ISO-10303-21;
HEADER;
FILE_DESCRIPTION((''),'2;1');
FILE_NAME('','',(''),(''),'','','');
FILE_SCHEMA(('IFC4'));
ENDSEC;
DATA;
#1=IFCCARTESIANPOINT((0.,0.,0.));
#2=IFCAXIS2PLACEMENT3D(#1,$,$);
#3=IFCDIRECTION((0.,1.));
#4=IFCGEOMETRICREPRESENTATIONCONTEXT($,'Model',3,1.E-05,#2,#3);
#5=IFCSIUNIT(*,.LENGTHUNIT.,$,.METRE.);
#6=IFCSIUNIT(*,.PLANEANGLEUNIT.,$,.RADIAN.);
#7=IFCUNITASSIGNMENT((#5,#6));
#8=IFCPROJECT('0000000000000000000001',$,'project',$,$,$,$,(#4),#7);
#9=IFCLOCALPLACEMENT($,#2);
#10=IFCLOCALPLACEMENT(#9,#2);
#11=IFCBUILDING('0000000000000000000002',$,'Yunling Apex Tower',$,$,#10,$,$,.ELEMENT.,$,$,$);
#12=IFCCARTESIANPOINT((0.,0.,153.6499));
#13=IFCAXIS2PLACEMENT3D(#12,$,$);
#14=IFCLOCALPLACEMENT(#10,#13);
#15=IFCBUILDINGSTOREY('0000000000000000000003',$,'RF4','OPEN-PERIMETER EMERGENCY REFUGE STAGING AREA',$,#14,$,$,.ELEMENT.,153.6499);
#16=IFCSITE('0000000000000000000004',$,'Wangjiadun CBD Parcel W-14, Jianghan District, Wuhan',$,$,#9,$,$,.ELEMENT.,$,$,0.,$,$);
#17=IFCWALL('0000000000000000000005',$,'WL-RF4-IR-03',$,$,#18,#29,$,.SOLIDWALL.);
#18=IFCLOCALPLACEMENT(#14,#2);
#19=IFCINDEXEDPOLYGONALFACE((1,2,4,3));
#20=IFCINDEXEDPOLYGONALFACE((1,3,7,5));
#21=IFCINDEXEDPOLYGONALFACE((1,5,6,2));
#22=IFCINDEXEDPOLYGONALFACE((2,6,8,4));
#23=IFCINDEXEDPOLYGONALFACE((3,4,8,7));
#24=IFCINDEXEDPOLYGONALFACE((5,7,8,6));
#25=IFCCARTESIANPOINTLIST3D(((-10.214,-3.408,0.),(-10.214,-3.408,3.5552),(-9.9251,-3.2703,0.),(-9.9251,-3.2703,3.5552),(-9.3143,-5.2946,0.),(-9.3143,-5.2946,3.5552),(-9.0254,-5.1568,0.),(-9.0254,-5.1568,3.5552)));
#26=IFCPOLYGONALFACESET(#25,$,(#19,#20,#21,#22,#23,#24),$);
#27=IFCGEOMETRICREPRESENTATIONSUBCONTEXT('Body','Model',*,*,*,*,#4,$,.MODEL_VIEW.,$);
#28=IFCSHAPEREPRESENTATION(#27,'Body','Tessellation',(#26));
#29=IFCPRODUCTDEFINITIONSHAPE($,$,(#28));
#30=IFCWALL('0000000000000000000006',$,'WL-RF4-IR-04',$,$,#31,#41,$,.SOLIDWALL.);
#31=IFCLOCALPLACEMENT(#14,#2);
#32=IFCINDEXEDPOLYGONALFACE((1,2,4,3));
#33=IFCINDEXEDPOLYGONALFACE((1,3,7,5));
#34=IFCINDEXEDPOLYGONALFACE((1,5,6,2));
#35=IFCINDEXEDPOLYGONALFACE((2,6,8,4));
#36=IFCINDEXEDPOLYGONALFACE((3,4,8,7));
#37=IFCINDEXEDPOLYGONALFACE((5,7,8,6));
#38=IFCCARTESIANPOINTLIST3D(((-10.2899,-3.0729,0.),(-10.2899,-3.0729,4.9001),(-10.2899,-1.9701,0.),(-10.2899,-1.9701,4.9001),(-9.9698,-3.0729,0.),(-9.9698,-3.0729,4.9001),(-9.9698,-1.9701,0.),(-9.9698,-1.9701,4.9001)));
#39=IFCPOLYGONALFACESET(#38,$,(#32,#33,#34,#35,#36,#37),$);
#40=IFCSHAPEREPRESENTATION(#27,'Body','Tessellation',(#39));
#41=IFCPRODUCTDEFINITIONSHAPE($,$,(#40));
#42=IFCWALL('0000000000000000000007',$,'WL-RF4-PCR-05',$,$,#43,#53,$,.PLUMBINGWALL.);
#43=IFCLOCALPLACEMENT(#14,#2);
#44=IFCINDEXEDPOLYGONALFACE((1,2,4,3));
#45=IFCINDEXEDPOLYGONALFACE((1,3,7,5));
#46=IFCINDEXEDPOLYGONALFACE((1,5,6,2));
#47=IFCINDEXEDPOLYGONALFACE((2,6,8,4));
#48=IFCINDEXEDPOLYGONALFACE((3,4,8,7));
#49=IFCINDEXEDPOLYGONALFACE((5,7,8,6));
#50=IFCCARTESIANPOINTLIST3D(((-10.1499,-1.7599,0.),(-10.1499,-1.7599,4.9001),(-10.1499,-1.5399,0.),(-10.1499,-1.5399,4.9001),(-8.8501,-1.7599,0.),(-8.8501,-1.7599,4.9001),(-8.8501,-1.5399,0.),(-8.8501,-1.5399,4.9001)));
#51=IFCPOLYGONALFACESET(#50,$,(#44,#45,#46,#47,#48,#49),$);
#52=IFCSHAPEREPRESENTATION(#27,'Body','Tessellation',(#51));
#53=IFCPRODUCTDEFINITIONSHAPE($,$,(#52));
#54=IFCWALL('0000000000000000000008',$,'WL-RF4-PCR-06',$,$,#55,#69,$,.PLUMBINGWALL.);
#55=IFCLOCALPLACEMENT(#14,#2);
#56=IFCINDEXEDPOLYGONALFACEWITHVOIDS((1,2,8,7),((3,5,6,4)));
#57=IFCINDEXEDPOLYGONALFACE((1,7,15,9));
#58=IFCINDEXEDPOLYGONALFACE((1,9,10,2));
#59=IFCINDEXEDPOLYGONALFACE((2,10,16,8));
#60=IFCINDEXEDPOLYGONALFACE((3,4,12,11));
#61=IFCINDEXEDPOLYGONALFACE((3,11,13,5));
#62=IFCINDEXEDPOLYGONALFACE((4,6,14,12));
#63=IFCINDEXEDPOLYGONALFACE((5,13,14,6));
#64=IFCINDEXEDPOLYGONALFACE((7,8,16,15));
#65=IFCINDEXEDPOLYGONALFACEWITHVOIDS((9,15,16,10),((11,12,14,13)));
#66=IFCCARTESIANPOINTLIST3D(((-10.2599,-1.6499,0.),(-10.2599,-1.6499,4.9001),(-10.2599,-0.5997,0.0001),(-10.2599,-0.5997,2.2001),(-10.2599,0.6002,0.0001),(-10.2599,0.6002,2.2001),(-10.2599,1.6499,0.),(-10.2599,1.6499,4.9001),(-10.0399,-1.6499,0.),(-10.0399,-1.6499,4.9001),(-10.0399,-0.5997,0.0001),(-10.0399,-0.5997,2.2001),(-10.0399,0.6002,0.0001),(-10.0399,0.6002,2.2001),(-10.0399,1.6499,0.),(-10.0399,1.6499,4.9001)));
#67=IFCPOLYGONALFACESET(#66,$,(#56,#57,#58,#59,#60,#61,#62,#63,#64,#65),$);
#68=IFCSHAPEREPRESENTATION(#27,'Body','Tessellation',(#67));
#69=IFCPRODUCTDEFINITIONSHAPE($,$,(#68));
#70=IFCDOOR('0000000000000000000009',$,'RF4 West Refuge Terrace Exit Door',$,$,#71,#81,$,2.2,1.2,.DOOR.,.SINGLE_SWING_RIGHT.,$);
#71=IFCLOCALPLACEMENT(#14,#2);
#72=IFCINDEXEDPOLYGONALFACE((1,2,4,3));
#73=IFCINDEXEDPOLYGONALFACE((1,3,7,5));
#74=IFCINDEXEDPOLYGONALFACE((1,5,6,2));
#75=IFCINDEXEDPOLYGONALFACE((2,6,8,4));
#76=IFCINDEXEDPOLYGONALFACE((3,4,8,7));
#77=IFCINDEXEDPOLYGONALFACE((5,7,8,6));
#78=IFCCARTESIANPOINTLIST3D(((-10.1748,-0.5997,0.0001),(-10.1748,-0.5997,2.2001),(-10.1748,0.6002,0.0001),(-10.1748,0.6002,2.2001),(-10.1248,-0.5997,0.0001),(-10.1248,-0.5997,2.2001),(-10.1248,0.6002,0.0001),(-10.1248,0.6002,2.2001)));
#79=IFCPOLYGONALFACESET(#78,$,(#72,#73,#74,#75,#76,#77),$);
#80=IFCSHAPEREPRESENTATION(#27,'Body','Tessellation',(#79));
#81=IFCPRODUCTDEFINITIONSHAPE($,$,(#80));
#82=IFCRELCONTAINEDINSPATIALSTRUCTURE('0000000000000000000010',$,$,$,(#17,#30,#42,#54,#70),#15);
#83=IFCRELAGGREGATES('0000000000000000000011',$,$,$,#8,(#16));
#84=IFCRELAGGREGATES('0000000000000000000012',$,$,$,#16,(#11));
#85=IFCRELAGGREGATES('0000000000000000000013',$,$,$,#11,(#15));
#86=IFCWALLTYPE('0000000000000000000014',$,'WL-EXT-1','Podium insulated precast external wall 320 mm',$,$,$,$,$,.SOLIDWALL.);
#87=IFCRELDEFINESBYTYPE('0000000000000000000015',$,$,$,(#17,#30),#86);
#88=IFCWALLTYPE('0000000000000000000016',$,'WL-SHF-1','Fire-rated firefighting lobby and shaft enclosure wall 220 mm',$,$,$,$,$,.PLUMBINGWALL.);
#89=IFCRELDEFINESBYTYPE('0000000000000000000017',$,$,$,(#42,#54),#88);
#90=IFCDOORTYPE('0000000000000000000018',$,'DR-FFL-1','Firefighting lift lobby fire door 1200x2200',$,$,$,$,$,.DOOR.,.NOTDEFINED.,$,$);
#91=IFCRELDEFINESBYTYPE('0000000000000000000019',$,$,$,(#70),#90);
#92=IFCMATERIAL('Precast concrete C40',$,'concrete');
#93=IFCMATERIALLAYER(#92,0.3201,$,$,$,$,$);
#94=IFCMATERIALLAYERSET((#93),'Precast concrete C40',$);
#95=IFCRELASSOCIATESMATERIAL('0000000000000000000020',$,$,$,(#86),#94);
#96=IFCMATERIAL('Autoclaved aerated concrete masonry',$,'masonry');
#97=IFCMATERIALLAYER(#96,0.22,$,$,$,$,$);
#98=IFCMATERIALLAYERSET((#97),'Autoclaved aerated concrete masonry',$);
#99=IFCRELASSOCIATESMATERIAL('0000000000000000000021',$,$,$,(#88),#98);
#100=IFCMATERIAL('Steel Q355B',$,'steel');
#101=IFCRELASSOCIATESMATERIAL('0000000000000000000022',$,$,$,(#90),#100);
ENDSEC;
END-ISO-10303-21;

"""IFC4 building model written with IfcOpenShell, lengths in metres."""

from ifc_helpers import new_model, si_unit, direction, frame, frame_2d, origin, place, context, subcontext, project, spatial, rectangle, extrude, material, layer, layer_set, type_object, element, fill, save


model = new_model("IFC4")

# Units and contexts
model_context = context("Model", 3, precision=1e-05, world=origin(), true_north=direction((0.0, 1.0)))
body_context = subcontext(model_context, "Body", "Model", "MODEL_VIEW")
ifc_project = project(units=[si_unit("LENGTHUNIT", "METRE"), si_unit("PLANEANGLEUNIT", "RADIAN")], contexts=[model_context])

# Site, building, storey
site_placement = place(None, origin())
site = spatial("IfcSite", under=ifc_project, at=site_placement, Name="Wangjiadun CBD Parcel W-14, Jianghan District, Wuhan", CompositionType="ELEMENT", RefElevation=0.0)
building_placement = place(site_placement, origin())
building = spatial("IfcBuilding", under=site, at=building_placement, Name="Yunling Apex Tower", CompositionType="ELEMENT")
storey_placement = place(building_placement, frame((0.0, 0.0, 153.6499)))
storey = spatial("IfcBuildingStorey", under=building, at=storey_placement, Name="RF4", Description="OPEN-PERIMETER EMERGENCY REFUGE STAGING AREA", CompositionType="ELEMENT", Elevation=153.6499)

# Shared definitions
ifc_material_1 = material(Name="Steel Q355B", Category="steel")

# Walls
ifc_material_2 = material(Name="Precast concrete C40", Category="concrete")
ifc_layer_1 = layer(ifc_material_2, 0.3201)
ifc_layer_set_1 = layer_set([ifc_layer_1], Name="Precast concrete C40")
wall_type_1 = type_object("IfcWallType", Name="WL-EXT-1", Description="Podium insulated precast external wall 320 mm", PredefinedType="SOLIDWALL", material=ifc_layer_set_1)
wall_1_placement = place(storey_placement, frame((-9.1699, -5.2256, 0.0), z_axis=(0.0, 0.0, 1.0), x_axis=(-0.430455, 0.902612, 0.0)))
element("IfcWall", 1, at=wall_1_placement, inside=storey, type_object=wall_type_1, Name="WL-RF4-IR-03", PredefinedType="SOLIDWALL", context=body_context, shape_type="SweptSolid", body=[
    extrude(rectangle(XDim=2.0901, YDim=0.3201, at=frame_2d((1.0449, 0.0))), origin(), (0.0, 0.0, 1.0), 3.5552),
])
wall_2_placement = place(storey_placement, frame((-10.1299, -3.0728, 0.0), z_axis=(0.0, 0.0, 1.0), x_axis=(0.0, 1.0, 0.0)))
element("IfcWall", 2, at=wall_2_placement, inside=storey, type_object=wall_type_1, Name="WL-RF4-IR-04", PredefinedType="SOLIDWALL", context=body_context, shape_type="SweptSolid", body=[
    extrude(rectangle(XDim=1.1028, YDim=0.3201, at=frame_2d((0.5513, 0.0))), origin(), (0.0, 0.0, 1.0), 4.9001),
])
ifc_material_3 = material(Name="Autoclaved aerated concrete masonry", Category="masonry")
ifc_layer_2 = layer(ifc_material_3, 0.22)
ifc_layer_set_2 = layer_set([ifc_layer_2], Name="Autoclaved aerated concrete masonry")
wall_type_2 = type_object("IfcWallType", Name="WL-SHF-1", Description="Fire-rated firefighting lobby and shaft enclosure wall 220 mm", PredefinedType="PLUMBINGWALL", material=ifc_layer_set_2)
wall_3_placement = place(storey_placement, frame((-8.8501, -1.6499, 0.0), z_axis=(0.0, 0.0, 1.0), x_axis=(-1.0, 0.0, 0.0)))
element("IfcWall", 3, at=wall_3_placement, inside=storey, type_object=wall_type_2, Name="WL-RF4-PCR-05", PredefinedType="PLUMBINGWALL", context=body_context, shape_type="SweptSolid", body=[
    extrude(rectangle(XDim=1.2998, YDim=0.22, at=frame_2d((0.6499, 0.0))), origin(), (0.0, 0.0, 1.0), 4.9001),
])

# Wall, opening, door
wall_4_placement = place(storey_placement, frame((-10.1499, -1.6499, 0.0), z_axis=(0.0, 0.0, 1.0), x_axis=(0.0, 1.0, 0.0)))
wall_4 = element("IfcWall", 4, at=wall_4_placement, inside=storey, type_object=wall_type_2, Name="WL-RF4-PCR-06", PredefinedType="PLUMBINGWALL", context=body_context, shape_type="SweptSolid", body=[
    extrude(rectangle(XDim=3.2998, YDim=0.22, at=frame_2d((1.6499, 0.0))), origin(), (0.0, 0.0, 1.0), 4.9001),
])
opening_placement = place(wall_4_placement, frame((1.05, 0.0, 0.0)))
opening = element("IfcOpeningElement", 5, at=opening_placement, cuts=wall_4, PredefinedType="OPENING", context=body_context, shape_type="SweptSolid", body=[
    extrude(rectangle(XDim=1.2, YDim=2.2, at=frame_2d((0.6001, 1.1001))), frame((0.0, 0.1201, 0.0), z_axis=(0.0, -1.0, 0.0), x_axis=(1.0, 0.0, 0.0)), (0.0, 0.0, 1.0), 0.24),
])
door_type = type_object("IfcDoorType", Name="DR-FFL-1", Description="Firefighting lift lobby fire door 1200x2200", OperationType="NOTDEFINED", PredefinedType="DOOR", material=ifc_material_1)
door_placement = place(opening_placement, origin())
door = element("IfcDoor", 6, at=door_placement, inside=storey, type_object=door_type, Name="RF4 West Refuge Terrace Exit Door", OperationType="SINGLE_SWING_RIGHT", OverallHeight=2.2, OverallWidth=1.2, PredefinedType="DOOR", context=body_context, shape_type="SweptSolid", body=[
    extrude(rectangle(XDim=1.2, YDim=2.2, at=frame_2d((0.6001, 1.1001))), frame((0.0, 0.0249, 0.0), z_axis=(0.0, -1.0, 0.0), x_axis=(1.0, 0.0, 0.0)), (0.0, 0.0, 1.0), 0.05),
])
fill(opening, door)

save(model, "model.ifc")
